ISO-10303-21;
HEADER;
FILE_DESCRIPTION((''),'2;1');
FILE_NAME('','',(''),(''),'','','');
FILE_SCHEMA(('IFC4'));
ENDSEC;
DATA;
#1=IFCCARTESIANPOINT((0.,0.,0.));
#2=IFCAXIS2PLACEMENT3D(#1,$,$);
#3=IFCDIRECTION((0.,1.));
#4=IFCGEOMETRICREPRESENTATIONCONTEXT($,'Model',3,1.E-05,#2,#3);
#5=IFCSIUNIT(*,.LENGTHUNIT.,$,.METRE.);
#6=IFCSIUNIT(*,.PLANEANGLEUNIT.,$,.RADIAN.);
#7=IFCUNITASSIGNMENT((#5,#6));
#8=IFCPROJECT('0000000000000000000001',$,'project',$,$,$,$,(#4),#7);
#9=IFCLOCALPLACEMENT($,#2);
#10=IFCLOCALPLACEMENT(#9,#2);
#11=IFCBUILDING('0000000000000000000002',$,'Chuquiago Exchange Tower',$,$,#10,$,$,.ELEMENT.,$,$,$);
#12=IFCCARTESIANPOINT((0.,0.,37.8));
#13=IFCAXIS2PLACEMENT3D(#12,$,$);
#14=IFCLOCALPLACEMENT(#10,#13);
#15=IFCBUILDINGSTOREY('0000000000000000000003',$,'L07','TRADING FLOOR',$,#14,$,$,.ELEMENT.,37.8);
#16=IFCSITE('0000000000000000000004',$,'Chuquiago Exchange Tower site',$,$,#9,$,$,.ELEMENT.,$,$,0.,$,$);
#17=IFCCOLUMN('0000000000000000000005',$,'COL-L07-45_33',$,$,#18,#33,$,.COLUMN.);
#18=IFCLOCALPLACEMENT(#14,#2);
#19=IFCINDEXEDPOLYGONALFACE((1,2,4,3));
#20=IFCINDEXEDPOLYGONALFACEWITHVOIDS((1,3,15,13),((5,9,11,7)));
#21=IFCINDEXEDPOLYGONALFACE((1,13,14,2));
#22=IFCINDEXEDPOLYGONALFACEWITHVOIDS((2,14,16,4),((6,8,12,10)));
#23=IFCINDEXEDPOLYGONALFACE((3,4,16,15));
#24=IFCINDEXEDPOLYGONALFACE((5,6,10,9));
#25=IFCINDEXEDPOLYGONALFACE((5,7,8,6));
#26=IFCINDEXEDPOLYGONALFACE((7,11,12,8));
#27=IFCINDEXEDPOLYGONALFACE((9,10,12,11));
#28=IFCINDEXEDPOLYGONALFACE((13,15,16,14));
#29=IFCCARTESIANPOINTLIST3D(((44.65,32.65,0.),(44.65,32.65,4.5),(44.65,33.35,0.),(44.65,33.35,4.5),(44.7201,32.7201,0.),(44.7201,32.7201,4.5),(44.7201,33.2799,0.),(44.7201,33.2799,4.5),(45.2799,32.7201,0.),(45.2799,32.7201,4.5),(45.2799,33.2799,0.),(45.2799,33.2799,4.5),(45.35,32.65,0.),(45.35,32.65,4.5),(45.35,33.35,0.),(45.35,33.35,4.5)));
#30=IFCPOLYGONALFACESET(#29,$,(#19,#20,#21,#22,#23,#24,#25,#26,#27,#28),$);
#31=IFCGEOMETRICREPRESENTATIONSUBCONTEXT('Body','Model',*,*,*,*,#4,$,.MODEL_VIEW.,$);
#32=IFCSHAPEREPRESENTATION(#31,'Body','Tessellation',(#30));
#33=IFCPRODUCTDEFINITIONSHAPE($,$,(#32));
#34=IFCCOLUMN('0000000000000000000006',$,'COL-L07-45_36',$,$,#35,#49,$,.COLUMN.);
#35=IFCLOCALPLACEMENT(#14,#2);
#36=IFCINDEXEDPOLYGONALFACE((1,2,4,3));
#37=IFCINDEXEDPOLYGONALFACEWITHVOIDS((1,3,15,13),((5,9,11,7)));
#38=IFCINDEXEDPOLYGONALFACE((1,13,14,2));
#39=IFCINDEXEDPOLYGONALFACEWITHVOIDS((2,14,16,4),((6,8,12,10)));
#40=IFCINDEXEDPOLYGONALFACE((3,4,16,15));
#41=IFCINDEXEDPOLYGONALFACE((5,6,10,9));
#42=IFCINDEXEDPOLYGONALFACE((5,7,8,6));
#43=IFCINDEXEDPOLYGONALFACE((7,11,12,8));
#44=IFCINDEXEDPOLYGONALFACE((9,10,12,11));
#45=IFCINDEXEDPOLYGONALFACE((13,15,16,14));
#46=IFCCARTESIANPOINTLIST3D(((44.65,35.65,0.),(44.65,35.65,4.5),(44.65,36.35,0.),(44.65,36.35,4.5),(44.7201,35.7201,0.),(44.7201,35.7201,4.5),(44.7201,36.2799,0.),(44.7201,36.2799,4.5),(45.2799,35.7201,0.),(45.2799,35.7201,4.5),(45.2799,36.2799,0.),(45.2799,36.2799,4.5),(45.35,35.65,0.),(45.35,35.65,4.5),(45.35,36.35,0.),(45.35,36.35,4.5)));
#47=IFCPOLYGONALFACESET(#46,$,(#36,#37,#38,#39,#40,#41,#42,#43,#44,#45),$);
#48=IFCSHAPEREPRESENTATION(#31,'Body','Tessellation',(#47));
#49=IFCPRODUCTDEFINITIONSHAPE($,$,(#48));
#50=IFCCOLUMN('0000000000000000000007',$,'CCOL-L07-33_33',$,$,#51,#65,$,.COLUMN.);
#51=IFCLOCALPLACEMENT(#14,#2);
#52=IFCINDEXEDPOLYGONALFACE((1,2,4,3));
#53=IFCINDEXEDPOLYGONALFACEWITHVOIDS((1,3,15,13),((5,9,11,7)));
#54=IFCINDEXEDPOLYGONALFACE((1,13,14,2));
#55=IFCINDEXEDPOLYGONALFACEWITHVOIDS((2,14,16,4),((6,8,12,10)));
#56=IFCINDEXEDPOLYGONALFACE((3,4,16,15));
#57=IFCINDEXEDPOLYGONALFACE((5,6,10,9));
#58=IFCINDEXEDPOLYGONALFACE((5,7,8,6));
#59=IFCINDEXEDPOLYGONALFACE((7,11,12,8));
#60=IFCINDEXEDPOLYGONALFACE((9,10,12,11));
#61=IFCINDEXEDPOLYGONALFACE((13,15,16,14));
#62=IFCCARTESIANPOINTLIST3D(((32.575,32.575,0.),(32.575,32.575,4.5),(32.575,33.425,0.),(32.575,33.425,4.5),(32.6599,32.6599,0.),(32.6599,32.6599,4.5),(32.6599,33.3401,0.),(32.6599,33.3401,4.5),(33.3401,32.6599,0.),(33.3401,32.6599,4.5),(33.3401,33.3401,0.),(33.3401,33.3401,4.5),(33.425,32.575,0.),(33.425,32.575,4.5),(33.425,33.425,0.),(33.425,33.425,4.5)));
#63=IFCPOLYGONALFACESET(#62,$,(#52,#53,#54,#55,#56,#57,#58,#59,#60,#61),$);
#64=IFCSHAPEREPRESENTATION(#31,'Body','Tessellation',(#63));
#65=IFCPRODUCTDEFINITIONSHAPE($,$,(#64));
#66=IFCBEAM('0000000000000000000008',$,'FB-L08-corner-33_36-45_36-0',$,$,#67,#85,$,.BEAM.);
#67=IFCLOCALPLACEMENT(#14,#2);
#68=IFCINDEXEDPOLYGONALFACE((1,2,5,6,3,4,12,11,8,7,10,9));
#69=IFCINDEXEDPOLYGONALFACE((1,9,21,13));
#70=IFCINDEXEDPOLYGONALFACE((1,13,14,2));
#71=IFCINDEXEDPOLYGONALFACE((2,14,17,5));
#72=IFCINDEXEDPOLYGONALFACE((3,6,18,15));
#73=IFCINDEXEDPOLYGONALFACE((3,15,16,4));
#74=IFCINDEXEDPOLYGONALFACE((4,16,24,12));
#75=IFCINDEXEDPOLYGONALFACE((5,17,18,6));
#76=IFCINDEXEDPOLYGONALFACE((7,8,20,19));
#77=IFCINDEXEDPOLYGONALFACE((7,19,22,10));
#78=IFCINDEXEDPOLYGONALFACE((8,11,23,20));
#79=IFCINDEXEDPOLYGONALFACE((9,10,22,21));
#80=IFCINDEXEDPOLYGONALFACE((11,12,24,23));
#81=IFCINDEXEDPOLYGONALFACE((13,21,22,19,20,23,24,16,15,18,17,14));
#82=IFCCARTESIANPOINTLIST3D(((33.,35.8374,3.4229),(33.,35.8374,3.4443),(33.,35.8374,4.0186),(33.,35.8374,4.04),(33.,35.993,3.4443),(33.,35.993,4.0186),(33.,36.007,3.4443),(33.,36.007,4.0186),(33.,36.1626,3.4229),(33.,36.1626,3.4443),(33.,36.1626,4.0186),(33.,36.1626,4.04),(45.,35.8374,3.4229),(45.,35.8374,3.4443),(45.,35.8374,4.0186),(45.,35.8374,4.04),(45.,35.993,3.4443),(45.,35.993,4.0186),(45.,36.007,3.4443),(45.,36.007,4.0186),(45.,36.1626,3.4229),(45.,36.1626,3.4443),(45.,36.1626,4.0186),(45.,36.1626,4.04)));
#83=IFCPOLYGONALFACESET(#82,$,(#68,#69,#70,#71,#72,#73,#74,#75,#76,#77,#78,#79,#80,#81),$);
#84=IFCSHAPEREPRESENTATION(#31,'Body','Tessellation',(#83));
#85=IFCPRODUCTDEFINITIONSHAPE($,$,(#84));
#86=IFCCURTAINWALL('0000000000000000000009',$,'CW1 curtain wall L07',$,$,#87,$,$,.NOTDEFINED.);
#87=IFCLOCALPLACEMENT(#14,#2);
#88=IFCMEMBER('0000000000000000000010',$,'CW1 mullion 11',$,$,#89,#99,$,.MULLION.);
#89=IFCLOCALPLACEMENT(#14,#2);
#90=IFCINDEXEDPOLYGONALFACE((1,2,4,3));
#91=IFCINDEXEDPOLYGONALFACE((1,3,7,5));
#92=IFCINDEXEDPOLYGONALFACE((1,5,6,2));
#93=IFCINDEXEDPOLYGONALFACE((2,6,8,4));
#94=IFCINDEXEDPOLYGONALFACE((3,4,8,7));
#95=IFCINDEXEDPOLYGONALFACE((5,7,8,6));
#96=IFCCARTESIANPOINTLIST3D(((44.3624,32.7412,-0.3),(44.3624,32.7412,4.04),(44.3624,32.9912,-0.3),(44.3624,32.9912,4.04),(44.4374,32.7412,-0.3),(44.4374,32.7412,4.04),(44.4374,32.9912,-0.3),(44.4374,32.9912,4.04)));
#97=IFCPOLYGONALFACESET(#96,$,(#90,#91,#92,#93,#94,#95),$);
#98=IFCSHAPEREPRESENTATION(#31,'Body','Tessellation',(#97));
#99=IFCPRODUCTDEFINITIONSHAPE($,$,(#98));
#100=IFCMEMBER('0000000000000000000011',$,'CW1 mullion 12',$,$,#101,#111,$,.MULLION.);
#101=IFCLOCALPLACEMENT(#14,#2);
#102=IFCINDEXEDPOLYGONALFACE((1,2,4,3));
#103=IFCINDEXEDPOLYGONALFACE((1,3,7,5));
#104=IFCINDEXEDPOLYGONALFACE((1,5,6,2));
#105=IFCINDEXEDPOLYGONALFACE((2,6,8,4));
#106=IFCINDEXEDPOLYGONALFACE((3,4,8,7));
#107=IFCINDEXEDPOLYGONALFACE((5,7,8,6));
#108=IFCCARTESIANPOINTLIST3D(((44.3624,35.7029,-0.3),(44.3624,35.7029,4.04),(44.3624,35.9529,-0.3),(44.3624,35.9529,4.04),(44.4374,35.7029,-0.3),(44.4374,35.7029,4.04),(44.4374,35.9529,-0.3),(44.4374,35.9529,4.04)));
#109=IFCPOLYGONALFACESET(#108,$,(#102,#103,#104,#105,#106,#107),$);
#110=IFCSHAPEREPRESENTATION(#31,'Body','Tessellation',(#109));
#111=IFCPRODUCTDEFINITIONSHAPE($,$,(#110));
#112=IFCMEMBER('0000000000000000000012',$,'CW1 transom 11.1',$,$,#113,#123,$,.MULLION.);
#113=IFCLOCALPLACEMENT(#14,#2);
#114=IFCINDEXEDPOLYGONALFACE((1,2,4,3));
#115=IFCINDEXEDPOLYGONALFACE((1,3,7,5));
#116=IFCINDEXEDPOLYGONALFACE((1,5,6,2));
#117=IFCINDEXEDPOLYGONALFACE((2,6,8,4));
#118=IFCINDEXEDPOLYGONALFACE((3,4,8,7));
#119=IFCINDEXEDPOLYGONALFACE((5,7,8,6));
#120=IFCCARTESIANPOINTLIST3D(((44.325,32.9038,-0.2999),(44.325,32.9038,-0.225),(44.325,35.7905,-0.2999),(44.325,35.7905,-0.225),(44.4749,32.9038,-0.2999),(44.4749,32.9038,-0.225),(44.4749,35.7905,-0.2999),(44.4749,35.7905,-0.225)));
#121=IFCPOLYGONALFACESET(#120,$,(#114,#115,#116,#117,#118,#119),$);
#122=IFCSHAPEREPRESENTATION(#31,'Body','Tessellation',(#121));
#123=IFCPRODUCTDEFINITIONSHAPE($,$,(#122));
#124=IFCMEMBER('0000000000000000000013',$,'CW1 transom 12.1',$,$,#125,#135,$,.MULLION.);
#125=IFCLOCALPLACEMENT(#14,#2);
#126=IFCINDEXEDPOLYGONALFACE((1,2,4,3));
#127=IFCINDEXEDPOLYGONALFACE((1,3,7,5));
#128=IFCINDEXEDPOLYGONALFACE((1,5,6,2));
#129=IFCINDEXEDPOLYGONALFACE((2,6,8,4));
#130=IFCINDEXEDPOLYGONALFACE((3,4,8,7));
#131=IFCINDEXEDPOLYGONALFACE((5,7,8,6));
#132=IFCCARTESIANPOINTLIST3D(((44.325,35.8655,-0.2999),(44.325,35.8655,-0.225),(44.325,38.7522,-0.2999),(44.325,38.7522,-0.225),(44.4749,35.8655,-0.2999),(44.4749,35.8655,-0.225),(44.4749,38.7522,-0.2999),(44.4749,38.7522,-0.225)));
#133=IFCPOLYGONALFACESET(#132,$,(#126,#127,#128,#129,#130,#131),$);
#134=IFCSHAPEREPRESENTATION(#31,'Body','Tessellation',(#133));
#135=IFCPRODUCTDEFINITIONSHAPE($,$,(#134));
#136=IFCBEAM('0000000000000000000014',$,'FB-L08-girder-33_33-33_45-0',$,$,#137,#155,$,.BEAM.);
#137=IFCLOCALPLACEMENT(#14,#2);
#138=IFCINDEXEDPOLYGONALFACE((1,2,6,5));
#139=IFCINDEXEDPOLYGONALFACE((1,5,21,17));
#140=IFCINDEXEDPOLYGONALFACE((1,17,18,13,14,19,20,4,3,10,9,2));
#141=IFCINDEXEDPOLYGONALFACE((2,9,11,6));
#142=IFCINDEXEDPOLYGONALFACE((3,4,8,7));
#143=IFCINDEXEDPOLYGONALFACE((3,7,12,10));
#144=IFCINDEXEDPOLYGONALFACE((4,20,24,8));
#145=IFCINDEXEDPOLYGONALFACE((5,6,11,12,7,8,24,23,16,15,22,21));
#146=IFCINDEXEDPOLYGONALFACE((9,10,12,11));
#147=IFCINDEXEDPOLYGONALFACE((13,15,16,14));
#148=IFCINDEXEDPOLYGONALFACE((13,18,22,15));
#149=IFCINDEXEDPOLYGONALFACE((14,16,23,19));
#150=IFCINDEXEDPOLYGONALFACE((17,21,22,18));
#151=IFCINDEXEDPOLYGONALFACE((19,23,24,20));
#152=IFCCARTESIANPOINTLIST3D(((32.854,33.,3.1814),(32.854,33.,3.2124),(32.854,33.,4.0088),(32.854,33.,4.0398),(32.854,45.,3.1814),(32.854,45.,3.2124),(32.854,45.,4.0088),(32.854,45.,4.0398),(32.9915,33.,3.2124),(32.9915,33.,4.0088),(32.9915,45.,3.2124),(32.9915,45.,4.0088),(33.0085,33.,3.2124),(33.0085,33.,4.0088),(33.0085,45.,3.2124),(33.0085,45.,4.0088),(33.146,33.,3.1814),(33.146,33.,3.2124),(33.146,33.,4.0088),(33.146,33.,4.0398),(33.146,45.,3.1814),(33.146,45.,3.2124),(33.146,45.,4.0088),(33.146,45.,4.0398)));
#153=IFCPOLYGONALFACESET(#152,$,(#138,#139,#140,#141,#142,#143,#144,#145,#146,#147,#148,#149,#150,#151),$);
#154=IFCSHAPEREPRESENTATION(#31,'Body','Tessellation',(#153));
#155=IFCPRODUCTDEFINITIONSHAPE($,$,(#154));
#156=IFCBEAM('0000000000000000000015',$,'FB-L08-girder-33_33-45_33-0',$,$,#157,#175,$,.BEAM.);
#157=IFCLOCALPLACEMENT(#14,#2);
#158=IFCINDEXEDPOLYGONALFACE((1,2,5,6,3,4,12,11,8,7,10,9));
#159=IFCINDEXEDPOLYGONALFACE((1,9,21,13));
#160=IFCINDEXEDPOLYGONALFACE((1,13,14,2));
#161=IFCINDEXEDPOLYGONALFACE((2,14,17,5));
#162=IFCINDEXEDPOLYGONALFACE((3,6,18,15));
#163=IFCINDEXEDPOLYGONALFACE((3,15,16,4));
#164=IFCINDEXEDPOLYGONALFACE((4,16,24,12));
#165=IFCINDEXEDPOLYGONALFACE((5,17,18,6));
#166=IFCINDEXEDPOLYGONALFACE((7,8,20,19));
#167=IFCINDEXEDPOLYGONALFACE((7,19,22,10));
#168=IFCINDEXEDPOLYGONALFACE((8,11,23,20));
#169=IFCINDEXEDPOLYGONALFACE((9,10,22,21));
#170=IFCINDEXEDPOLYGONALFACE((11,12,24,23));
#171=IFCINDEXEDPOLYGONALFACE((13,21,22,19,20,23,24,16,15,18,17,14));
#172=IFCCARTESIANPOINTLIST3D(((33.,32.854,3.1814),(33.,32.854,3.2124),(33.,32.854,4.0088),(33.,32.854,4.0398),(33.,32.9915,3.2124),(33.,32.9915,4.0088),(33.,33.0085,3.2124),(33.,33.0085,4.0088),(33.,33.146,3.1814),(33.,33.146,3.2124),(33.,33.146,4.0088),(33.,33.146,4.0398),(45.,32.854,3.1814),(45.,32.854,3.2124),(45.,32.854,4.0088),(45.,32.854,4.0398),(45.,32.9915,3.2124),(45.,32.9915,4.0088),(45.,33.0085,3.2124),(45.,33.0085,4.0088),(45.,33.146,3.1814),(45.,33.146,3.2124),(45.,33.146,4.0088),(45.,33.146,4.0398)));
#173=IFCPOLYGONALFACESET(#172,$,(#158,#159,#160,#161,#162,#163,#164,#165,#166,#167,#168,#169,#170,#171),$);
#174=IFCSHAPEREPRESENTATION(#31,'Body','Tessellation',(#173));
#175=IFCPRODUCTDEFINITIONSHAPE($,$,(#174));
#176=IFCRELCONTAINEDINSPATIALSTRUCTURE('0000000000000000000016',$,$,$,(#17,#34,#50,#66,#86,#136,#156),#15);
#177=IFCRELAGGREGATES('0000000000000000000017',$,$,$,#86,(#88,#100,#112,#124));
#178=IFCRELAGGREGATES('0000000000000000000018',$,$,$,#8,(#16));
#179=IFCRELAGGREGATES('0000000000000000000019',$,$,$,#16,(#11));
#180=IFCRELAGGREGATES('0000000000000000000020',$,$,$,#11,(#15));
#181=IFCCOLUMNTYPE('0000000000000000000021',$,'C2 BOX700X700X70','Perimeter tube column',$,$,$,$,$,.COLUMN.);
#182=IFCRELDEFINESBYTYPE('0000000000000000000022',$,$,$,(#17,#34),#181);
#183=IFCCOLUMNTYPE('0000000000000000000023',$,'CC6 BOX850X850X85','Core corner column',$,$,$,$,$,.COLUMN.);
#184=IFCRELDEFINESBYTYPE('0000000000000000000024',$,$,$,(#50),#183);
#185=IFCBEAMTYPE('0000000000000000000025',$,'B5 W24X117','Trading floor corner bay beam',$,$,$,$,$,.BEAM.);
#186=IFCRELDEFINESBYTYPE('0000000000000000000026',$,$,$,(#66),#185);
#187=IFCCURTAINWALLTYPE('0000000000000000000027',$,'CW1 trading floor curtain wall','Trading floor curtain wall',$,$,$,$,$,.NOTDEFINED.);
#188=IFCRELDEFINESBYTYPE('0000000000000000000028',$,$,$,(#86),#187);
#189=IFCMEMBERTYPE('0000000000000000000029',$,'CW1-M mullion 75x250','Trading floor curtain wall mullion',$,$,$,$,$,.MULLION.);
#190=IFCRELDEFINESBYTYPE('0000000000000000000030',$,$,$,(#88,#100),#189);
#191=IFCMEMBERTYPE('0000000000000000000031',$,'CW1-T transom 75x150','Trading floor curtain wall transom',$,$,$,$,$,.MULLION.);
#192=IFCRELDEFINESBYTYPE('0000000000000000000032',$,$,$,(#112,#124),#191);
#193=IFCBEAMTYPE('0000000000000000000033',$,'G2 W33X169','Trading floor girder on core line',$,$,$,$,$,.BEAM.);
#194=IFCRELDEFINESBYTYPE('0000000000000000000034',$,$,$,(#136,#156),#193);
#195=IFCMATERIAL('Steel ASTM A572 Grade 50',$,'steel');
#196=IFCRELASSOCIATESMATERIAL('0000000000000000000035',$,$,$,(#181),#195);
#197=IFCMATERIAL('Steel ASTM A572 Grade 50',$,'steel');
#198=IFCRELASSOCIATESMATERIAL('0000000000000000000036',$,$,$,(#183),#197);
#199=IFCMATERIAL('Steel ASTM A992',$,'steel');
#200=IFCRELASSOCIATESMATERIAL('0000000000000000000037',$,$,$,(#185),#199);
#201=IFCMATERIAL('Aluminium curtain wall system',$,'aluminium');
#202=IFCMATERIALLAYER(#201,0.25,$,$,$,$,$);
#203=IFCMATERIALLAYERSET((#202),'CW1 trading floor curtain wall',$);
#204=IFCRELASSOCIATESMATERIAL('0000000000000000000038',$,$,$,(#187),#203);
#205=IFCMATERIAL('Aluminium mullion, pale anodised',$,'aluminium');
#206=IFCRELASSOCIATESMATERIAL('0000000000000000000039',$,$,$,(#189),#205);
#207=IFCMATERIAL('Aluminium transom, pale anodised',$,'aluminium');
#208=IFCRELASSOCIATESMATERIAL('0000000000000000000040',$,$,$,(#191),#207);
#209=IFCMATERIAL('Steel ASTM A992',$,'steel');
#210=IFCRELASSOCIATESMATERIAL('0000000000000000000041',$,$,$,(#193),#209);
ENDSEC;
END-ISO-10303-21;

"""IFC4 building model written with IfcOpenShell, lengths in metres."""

from ifc_helpers import new_model, si_unit, direction, frame, origin, origin_2d, place, context, subcontext, project, spatial, rectangle, hollow_rectangle, i_section, extrude, material, layer, layer_set, material_profile, profile_set, type_object, element, aggregate, save


model = new_model("IFC4")

# Units and contexts
model_context = context("Model", 3, precision=1e-05, world=origin(), true_north=direction((0.0, 1.0)))
body_context = subcontext(model_context, "Body", "Model", "MODEL_VIEW")
ifc_project = project(units=[si_unit("LENGTHUNIT", "METRE"), si_unit("PLANEANGLEUNIT", "RADIAN")], contexts=[model_context])

# Site, building, storey
site_placement = place(None, origin())
site = spatial("IfcSite", under=ifc_project, at=site_placement, Name="Chuquiago Exchange Tower site", CompositionType="ELEMENT", RefElevation=0.0)
building_placement = place(site_placement, origin())
building = spatial("IfcBuilding", under=site, at=building_placement, Name="Chuquiago Exchange Tower", CompositionType="ELEMENT")
storey_placement = place(building_placement, frame((0.0, 0.0, 37.8)))
storey = spatial("IfcBuildingStorey", under=building, at=storey_placement, Name="L07", Description="TRADING FLOOR", CompositionType="ELEMENT", Elevation=37.8)

# Columns
ifc_material_1 = material(Name="Steel ASTM A572 Grade 50", Category="steel")
ifc_material_profile_1 = material_profile(ifc_material_1, hollow_rectangle(XDim=0.7, YDim=0.7, WallThickness=0.0701, at=origin_2d()), Name="BOX700X700X70")
ifc_profile_set_1 = profile_set([ifc_material_profile_1], Name="Steel ASTM A572 Grade 50")
column_type_1 = type_object("IfcColumnType", Name="C2 BOX700X700X70", Description="Perimeter tube column", PredefinedType="COLUMN", material=ifc_profile_set_1)
for number, where, z_axis, x_axis, name in (
    (1, (45.0, 33.0, 0.0), (0.0, 0.0, 1.0), (1.0, 0.0, 0.0), "COL-L07-45_33"),
    (2, (45.0, 36.0, 0.0), (0.0, 0.0, 1.0), (1.0, 0.0, 0.0), "COL-L07-45_36"),
):
    element("IfcColumn", number, at=place(storey_placement, frame(where, z_axis=z_axis, x_axis=x_axis)), inside=storey, type_object=column_type_1, Name=name, PredefinedType="COLUMN", context=body_context, shape_type="SweptSolid", body=[
        extrude(hollow_rectangle(XDim=0.7, YDim=0.7, WallThickness=0.0701, at=origin_2d()), origin(), (0.0, 0.0, 1.0), 4.5),
    ])
ifc_material_2 = material(Name="Steel ASTM A572 Grade 50", Category="steel")
ifc_material_profile_2 = material_profile(ifc_material_2, hollow_rectangle(XDim=0.8501, YDim=0.8501, WallThickness=0.085, at=origin_2d()), Name="BOX850X850X85")
ifc_profile_set_2 = profile_set([ifc_material_profile_2], Name="Steel ASTM A572 Grade 50")
column_type_2 = type_object("IfcColumnType", Name="CC6 BOX850X850X85", Description="Core corner column", PredefinedType="COLUMN", material=ifc_profile_set_2)
column_placement = place(storey_placement, frame((33.0, 33.0, 0.0), z_axis=(0.0, 0.0, 1.0), x_axis=(1.0, 0.0, 0.0)))
element("IfcColumn", 3, at=column_placement, inside=storey, type_object=column_type_2, Name="CCOL-L07-33_33", PredefinedType="COLUMN", context=body_context, shape_type="SweptSolid", body=[
    extrude(hollow_rectangle(XDim=0.8501, YDim=0.8501, WallThickness=0.085, at=origin_2d()), origin(), (0.0, 0.0, 1.0), 4.5),
])

# Beam
ifc_material_3 = material(Name="Steel ASTM A992", Category="steel")
ifc_material_profile_3 = material_profile(ifc_material_3, i_section(OverallWidth=0.3252, OverallDepth=0.6172, WebThickness=0.0139, FlangeThickness=0.0215, at=origin_2d()), Name="W24X117")
ifc_profile_set_3 = profile_set([ifc_material_profile_3], Name="Steel ASTM A992")
beam_type_1 = type_object("IfcBeamType", Name="B5 W24X117", Description="Trading floor corner bay beam", PredefinedType="BEAM", material=ifc_profile_set_3)
beam_placement = place(storey_placement, frame((33.0, 36.0, 3.7314), z_axis=(1.0, 0.0, 0.0), x_axis=(0.0, 1.0, 0.0)))
element("IfcBeam", 4, at=beam_placement, inside=storey, type_object=beam_type_1, Name="FB-L08-corner-33_36-45_36-0", PredefinedType="BEAM", context=body_context, shape_type="SweptSolid", body=[
    extrude(i_section(OverallWidth=0.3252, OverallDepth=0.6172, WebThickness=0.0139, FlangeThickness=0.0215, at=origin_2d()), origin(), (0.0, 0.0, 1.0), 12.0),
])

# Curtain wall, members
ifc_material_4 = material(Name="Aluminium curtain wall system", Category="aluminium")
ifc_layer_1 = layer(ifc_material_4, 0.25)
ifc_layer_set_1 = layer_set([ifc_layer_1], Name="CW1 trading floor curtain wall")
curtain_wall_type = type_object("IfcCurtainWallType", Name="CW1 trading floor curtain wall", Description="Trading floor curtain wall", PredefinedType="NOTDEFINED", material=ifc_layer_set_1)
curtain_wall_placement = place(storey_placement, origin())
curtain_wall = element("IfcCurtainWall", 5, at=curtain_wall_placement, inside=storey, type_object=curtain_wall_type, Name="CW1 curtain wall L07", PredefinedType="NOTDEFINED")
ifc_material_5 = material(Name="Aluminium mullion, pale anodised", Category="aluminium")
ifc_material_profile_4 = material_profile(ifc_material_5, rectangle(XDim=0.075, YDim=0.25, at=origin_2d()), Name="AL 75x250")
ifc_profile_set_4 = profile_set([ifc_material_profile_4], Name="Aluminium mullion, pale anodised")
member_type_1 = type_object("IfcMemberType", Name="CW1-M mullion 75x250", Description="Trading floor curtain wall mullion", PredefinedType="MULLION", material=ifc_profile_set_4)
member_1_placement = place(storey_placement, frame((44.3999, 32.8662, -0.3), z_axis=(0.0, 0.0, 1.0), x_axis=(-1.0, 0.0, 0.0)))
member_1 = element("IfcMember", 6, at=member_1_placement, type_object=member_type_1, Name="CW1 mullion 11", PredefinedType="MULLION", context=body_context, shape_type="SweptSolid", body=[
    extrude(rectangle(XDim=0.075, YDim=0.25, at=origin_2d()), origin(), (0.0, 0.0, 1.0), 4.3401),
])
member_2_placement = place(storey_placement, frame((44.3999, 35.8279, -0.3), z_axis=(0.0, 0.0, 1.0), x_axis=(-1.0, 0.0, 0.0)))
member_2 = element("IfcMember", 7, at=member_2_placement, type_object=member_type_1, Name="CW1 mullion 12", PredefinedType="MULLION", context=body_context, shape_type="SweptSolid", body=[
    extrude(rectangle(XDim=0.075, YDim=0.25, at=origin_2d()), origin(), (0.0, 0.0, 1.0), 4.3401),
])
ifc_material_6 = material(Name="Aluminium transom, pale anodised", Category="aluminium")
ifc_material_profile_5 = material_profile(ifc_material_6, rectangle(XDim=0.1499, YDim=0.075, at=origin_2d()), Name="AL 150x75")
ifc_profile_set_5 = profile_set([ifc_material_profile_5], Name="Aluminium transom, pale anodised")
member_type_2 = type_object("IfcMemberType", Name="CW1-T transom 75x150", Description="Trading floor curtain wall transom", PredefinedType="MULLION", material=ifc_profile_set_5)
member_3_placement = place(storey_placement, frame((44.3999, 32.9038, -0.2625), z_axis=(0.0, 1.0, 0.0), x_axis=(-1.0, 0.0, 0.0)))
member_3 = element("IfcMember", 8, at=member_3_placement, type_object=member_type_2, Name="CW1 transom 11.1", PredefinedType="MULLION", context=body_context, shape_type="SweptSolid", body=[
    extrude(rectangle(XDim=0.1499, YDim=0.075, at=origin_2d()), origin(), (0.0, 0.0, 1.0), 2.8867),
])
member_4_placement = place(storey_placement, frame((44.3999, 35.8655, -0.2625), z_axis=(0.0, 1.0, 0.0), x_axis=(-1.0, 0.0, 0.0)))
member_4 = element("IfcMember", 9, at=member_4_placement, type_object=member_type_2, Name="CW1 transom 12.1", PredefinedType="MULLION", context=body_context, shape_type="SweptSolid", body=[
    extrude(rectangle(XDim=0.1499, YDim=0.075, at=origin_2d()), origin(), (0.0, 0.0, 1.0), 2.8867),
])

# Beams
ifc_material_7 = material(Name="Steel ASTM A992", Category="steel")
ifc_material_profile_6 = material_profile(ifc_material_7, i_section(OverallWidth=0.292, OverallDepth=0.8584, WebThickness=0.0171, FlangeThickness=0.031, at=origin_2d()), Name="W33X169")
ifc_profile_set_6 = profile_set([ifc_material_profile_6], Name="Steel ASTM A992")
beam_type_2 = type_object("IfcBeamType", Name="G2 W33X169", Description="Trading floor girder on core line", PredefinedType="BEAM", material=ifc_profile_set_6)
for number, where, z_axis, x_axis, name in (
    (10, (33.0, 33.0, 3.6106), (0.0, 1.0, 0.0), (-1.0, 0.0, 0.0), "FB-L08-girder-33_33-33_45-0"),
    (11, (33.0, 33.0, 3.6106), (1.0, 0.0, 0.0), (0.0, 1.0, 0.0), "FB-L08-girder-33_33-45_33-0"),
):
    element("IfcBeam", number, at=place(storey_placement, frame(where, z_axis=z_axis, x_axis=x_axis)), inside=storey, type_object=beam_type_2, Name=name, PredefinedType="BEAM", context=body_context, shape_type="SweptSolid", body=[
        extrude(i_section(OverallWidth=0.292, OverallDepth=0.8584, WebThickness=0.0171, FlangeThickness=0.031, at=origin_2d()), origin(), (0.0, 0.0, 1.0), 12.0),
    ])

aggregate(curtain_wall, [member_1, member_2, member_3, member_4])

save(model, "model.ifc")
